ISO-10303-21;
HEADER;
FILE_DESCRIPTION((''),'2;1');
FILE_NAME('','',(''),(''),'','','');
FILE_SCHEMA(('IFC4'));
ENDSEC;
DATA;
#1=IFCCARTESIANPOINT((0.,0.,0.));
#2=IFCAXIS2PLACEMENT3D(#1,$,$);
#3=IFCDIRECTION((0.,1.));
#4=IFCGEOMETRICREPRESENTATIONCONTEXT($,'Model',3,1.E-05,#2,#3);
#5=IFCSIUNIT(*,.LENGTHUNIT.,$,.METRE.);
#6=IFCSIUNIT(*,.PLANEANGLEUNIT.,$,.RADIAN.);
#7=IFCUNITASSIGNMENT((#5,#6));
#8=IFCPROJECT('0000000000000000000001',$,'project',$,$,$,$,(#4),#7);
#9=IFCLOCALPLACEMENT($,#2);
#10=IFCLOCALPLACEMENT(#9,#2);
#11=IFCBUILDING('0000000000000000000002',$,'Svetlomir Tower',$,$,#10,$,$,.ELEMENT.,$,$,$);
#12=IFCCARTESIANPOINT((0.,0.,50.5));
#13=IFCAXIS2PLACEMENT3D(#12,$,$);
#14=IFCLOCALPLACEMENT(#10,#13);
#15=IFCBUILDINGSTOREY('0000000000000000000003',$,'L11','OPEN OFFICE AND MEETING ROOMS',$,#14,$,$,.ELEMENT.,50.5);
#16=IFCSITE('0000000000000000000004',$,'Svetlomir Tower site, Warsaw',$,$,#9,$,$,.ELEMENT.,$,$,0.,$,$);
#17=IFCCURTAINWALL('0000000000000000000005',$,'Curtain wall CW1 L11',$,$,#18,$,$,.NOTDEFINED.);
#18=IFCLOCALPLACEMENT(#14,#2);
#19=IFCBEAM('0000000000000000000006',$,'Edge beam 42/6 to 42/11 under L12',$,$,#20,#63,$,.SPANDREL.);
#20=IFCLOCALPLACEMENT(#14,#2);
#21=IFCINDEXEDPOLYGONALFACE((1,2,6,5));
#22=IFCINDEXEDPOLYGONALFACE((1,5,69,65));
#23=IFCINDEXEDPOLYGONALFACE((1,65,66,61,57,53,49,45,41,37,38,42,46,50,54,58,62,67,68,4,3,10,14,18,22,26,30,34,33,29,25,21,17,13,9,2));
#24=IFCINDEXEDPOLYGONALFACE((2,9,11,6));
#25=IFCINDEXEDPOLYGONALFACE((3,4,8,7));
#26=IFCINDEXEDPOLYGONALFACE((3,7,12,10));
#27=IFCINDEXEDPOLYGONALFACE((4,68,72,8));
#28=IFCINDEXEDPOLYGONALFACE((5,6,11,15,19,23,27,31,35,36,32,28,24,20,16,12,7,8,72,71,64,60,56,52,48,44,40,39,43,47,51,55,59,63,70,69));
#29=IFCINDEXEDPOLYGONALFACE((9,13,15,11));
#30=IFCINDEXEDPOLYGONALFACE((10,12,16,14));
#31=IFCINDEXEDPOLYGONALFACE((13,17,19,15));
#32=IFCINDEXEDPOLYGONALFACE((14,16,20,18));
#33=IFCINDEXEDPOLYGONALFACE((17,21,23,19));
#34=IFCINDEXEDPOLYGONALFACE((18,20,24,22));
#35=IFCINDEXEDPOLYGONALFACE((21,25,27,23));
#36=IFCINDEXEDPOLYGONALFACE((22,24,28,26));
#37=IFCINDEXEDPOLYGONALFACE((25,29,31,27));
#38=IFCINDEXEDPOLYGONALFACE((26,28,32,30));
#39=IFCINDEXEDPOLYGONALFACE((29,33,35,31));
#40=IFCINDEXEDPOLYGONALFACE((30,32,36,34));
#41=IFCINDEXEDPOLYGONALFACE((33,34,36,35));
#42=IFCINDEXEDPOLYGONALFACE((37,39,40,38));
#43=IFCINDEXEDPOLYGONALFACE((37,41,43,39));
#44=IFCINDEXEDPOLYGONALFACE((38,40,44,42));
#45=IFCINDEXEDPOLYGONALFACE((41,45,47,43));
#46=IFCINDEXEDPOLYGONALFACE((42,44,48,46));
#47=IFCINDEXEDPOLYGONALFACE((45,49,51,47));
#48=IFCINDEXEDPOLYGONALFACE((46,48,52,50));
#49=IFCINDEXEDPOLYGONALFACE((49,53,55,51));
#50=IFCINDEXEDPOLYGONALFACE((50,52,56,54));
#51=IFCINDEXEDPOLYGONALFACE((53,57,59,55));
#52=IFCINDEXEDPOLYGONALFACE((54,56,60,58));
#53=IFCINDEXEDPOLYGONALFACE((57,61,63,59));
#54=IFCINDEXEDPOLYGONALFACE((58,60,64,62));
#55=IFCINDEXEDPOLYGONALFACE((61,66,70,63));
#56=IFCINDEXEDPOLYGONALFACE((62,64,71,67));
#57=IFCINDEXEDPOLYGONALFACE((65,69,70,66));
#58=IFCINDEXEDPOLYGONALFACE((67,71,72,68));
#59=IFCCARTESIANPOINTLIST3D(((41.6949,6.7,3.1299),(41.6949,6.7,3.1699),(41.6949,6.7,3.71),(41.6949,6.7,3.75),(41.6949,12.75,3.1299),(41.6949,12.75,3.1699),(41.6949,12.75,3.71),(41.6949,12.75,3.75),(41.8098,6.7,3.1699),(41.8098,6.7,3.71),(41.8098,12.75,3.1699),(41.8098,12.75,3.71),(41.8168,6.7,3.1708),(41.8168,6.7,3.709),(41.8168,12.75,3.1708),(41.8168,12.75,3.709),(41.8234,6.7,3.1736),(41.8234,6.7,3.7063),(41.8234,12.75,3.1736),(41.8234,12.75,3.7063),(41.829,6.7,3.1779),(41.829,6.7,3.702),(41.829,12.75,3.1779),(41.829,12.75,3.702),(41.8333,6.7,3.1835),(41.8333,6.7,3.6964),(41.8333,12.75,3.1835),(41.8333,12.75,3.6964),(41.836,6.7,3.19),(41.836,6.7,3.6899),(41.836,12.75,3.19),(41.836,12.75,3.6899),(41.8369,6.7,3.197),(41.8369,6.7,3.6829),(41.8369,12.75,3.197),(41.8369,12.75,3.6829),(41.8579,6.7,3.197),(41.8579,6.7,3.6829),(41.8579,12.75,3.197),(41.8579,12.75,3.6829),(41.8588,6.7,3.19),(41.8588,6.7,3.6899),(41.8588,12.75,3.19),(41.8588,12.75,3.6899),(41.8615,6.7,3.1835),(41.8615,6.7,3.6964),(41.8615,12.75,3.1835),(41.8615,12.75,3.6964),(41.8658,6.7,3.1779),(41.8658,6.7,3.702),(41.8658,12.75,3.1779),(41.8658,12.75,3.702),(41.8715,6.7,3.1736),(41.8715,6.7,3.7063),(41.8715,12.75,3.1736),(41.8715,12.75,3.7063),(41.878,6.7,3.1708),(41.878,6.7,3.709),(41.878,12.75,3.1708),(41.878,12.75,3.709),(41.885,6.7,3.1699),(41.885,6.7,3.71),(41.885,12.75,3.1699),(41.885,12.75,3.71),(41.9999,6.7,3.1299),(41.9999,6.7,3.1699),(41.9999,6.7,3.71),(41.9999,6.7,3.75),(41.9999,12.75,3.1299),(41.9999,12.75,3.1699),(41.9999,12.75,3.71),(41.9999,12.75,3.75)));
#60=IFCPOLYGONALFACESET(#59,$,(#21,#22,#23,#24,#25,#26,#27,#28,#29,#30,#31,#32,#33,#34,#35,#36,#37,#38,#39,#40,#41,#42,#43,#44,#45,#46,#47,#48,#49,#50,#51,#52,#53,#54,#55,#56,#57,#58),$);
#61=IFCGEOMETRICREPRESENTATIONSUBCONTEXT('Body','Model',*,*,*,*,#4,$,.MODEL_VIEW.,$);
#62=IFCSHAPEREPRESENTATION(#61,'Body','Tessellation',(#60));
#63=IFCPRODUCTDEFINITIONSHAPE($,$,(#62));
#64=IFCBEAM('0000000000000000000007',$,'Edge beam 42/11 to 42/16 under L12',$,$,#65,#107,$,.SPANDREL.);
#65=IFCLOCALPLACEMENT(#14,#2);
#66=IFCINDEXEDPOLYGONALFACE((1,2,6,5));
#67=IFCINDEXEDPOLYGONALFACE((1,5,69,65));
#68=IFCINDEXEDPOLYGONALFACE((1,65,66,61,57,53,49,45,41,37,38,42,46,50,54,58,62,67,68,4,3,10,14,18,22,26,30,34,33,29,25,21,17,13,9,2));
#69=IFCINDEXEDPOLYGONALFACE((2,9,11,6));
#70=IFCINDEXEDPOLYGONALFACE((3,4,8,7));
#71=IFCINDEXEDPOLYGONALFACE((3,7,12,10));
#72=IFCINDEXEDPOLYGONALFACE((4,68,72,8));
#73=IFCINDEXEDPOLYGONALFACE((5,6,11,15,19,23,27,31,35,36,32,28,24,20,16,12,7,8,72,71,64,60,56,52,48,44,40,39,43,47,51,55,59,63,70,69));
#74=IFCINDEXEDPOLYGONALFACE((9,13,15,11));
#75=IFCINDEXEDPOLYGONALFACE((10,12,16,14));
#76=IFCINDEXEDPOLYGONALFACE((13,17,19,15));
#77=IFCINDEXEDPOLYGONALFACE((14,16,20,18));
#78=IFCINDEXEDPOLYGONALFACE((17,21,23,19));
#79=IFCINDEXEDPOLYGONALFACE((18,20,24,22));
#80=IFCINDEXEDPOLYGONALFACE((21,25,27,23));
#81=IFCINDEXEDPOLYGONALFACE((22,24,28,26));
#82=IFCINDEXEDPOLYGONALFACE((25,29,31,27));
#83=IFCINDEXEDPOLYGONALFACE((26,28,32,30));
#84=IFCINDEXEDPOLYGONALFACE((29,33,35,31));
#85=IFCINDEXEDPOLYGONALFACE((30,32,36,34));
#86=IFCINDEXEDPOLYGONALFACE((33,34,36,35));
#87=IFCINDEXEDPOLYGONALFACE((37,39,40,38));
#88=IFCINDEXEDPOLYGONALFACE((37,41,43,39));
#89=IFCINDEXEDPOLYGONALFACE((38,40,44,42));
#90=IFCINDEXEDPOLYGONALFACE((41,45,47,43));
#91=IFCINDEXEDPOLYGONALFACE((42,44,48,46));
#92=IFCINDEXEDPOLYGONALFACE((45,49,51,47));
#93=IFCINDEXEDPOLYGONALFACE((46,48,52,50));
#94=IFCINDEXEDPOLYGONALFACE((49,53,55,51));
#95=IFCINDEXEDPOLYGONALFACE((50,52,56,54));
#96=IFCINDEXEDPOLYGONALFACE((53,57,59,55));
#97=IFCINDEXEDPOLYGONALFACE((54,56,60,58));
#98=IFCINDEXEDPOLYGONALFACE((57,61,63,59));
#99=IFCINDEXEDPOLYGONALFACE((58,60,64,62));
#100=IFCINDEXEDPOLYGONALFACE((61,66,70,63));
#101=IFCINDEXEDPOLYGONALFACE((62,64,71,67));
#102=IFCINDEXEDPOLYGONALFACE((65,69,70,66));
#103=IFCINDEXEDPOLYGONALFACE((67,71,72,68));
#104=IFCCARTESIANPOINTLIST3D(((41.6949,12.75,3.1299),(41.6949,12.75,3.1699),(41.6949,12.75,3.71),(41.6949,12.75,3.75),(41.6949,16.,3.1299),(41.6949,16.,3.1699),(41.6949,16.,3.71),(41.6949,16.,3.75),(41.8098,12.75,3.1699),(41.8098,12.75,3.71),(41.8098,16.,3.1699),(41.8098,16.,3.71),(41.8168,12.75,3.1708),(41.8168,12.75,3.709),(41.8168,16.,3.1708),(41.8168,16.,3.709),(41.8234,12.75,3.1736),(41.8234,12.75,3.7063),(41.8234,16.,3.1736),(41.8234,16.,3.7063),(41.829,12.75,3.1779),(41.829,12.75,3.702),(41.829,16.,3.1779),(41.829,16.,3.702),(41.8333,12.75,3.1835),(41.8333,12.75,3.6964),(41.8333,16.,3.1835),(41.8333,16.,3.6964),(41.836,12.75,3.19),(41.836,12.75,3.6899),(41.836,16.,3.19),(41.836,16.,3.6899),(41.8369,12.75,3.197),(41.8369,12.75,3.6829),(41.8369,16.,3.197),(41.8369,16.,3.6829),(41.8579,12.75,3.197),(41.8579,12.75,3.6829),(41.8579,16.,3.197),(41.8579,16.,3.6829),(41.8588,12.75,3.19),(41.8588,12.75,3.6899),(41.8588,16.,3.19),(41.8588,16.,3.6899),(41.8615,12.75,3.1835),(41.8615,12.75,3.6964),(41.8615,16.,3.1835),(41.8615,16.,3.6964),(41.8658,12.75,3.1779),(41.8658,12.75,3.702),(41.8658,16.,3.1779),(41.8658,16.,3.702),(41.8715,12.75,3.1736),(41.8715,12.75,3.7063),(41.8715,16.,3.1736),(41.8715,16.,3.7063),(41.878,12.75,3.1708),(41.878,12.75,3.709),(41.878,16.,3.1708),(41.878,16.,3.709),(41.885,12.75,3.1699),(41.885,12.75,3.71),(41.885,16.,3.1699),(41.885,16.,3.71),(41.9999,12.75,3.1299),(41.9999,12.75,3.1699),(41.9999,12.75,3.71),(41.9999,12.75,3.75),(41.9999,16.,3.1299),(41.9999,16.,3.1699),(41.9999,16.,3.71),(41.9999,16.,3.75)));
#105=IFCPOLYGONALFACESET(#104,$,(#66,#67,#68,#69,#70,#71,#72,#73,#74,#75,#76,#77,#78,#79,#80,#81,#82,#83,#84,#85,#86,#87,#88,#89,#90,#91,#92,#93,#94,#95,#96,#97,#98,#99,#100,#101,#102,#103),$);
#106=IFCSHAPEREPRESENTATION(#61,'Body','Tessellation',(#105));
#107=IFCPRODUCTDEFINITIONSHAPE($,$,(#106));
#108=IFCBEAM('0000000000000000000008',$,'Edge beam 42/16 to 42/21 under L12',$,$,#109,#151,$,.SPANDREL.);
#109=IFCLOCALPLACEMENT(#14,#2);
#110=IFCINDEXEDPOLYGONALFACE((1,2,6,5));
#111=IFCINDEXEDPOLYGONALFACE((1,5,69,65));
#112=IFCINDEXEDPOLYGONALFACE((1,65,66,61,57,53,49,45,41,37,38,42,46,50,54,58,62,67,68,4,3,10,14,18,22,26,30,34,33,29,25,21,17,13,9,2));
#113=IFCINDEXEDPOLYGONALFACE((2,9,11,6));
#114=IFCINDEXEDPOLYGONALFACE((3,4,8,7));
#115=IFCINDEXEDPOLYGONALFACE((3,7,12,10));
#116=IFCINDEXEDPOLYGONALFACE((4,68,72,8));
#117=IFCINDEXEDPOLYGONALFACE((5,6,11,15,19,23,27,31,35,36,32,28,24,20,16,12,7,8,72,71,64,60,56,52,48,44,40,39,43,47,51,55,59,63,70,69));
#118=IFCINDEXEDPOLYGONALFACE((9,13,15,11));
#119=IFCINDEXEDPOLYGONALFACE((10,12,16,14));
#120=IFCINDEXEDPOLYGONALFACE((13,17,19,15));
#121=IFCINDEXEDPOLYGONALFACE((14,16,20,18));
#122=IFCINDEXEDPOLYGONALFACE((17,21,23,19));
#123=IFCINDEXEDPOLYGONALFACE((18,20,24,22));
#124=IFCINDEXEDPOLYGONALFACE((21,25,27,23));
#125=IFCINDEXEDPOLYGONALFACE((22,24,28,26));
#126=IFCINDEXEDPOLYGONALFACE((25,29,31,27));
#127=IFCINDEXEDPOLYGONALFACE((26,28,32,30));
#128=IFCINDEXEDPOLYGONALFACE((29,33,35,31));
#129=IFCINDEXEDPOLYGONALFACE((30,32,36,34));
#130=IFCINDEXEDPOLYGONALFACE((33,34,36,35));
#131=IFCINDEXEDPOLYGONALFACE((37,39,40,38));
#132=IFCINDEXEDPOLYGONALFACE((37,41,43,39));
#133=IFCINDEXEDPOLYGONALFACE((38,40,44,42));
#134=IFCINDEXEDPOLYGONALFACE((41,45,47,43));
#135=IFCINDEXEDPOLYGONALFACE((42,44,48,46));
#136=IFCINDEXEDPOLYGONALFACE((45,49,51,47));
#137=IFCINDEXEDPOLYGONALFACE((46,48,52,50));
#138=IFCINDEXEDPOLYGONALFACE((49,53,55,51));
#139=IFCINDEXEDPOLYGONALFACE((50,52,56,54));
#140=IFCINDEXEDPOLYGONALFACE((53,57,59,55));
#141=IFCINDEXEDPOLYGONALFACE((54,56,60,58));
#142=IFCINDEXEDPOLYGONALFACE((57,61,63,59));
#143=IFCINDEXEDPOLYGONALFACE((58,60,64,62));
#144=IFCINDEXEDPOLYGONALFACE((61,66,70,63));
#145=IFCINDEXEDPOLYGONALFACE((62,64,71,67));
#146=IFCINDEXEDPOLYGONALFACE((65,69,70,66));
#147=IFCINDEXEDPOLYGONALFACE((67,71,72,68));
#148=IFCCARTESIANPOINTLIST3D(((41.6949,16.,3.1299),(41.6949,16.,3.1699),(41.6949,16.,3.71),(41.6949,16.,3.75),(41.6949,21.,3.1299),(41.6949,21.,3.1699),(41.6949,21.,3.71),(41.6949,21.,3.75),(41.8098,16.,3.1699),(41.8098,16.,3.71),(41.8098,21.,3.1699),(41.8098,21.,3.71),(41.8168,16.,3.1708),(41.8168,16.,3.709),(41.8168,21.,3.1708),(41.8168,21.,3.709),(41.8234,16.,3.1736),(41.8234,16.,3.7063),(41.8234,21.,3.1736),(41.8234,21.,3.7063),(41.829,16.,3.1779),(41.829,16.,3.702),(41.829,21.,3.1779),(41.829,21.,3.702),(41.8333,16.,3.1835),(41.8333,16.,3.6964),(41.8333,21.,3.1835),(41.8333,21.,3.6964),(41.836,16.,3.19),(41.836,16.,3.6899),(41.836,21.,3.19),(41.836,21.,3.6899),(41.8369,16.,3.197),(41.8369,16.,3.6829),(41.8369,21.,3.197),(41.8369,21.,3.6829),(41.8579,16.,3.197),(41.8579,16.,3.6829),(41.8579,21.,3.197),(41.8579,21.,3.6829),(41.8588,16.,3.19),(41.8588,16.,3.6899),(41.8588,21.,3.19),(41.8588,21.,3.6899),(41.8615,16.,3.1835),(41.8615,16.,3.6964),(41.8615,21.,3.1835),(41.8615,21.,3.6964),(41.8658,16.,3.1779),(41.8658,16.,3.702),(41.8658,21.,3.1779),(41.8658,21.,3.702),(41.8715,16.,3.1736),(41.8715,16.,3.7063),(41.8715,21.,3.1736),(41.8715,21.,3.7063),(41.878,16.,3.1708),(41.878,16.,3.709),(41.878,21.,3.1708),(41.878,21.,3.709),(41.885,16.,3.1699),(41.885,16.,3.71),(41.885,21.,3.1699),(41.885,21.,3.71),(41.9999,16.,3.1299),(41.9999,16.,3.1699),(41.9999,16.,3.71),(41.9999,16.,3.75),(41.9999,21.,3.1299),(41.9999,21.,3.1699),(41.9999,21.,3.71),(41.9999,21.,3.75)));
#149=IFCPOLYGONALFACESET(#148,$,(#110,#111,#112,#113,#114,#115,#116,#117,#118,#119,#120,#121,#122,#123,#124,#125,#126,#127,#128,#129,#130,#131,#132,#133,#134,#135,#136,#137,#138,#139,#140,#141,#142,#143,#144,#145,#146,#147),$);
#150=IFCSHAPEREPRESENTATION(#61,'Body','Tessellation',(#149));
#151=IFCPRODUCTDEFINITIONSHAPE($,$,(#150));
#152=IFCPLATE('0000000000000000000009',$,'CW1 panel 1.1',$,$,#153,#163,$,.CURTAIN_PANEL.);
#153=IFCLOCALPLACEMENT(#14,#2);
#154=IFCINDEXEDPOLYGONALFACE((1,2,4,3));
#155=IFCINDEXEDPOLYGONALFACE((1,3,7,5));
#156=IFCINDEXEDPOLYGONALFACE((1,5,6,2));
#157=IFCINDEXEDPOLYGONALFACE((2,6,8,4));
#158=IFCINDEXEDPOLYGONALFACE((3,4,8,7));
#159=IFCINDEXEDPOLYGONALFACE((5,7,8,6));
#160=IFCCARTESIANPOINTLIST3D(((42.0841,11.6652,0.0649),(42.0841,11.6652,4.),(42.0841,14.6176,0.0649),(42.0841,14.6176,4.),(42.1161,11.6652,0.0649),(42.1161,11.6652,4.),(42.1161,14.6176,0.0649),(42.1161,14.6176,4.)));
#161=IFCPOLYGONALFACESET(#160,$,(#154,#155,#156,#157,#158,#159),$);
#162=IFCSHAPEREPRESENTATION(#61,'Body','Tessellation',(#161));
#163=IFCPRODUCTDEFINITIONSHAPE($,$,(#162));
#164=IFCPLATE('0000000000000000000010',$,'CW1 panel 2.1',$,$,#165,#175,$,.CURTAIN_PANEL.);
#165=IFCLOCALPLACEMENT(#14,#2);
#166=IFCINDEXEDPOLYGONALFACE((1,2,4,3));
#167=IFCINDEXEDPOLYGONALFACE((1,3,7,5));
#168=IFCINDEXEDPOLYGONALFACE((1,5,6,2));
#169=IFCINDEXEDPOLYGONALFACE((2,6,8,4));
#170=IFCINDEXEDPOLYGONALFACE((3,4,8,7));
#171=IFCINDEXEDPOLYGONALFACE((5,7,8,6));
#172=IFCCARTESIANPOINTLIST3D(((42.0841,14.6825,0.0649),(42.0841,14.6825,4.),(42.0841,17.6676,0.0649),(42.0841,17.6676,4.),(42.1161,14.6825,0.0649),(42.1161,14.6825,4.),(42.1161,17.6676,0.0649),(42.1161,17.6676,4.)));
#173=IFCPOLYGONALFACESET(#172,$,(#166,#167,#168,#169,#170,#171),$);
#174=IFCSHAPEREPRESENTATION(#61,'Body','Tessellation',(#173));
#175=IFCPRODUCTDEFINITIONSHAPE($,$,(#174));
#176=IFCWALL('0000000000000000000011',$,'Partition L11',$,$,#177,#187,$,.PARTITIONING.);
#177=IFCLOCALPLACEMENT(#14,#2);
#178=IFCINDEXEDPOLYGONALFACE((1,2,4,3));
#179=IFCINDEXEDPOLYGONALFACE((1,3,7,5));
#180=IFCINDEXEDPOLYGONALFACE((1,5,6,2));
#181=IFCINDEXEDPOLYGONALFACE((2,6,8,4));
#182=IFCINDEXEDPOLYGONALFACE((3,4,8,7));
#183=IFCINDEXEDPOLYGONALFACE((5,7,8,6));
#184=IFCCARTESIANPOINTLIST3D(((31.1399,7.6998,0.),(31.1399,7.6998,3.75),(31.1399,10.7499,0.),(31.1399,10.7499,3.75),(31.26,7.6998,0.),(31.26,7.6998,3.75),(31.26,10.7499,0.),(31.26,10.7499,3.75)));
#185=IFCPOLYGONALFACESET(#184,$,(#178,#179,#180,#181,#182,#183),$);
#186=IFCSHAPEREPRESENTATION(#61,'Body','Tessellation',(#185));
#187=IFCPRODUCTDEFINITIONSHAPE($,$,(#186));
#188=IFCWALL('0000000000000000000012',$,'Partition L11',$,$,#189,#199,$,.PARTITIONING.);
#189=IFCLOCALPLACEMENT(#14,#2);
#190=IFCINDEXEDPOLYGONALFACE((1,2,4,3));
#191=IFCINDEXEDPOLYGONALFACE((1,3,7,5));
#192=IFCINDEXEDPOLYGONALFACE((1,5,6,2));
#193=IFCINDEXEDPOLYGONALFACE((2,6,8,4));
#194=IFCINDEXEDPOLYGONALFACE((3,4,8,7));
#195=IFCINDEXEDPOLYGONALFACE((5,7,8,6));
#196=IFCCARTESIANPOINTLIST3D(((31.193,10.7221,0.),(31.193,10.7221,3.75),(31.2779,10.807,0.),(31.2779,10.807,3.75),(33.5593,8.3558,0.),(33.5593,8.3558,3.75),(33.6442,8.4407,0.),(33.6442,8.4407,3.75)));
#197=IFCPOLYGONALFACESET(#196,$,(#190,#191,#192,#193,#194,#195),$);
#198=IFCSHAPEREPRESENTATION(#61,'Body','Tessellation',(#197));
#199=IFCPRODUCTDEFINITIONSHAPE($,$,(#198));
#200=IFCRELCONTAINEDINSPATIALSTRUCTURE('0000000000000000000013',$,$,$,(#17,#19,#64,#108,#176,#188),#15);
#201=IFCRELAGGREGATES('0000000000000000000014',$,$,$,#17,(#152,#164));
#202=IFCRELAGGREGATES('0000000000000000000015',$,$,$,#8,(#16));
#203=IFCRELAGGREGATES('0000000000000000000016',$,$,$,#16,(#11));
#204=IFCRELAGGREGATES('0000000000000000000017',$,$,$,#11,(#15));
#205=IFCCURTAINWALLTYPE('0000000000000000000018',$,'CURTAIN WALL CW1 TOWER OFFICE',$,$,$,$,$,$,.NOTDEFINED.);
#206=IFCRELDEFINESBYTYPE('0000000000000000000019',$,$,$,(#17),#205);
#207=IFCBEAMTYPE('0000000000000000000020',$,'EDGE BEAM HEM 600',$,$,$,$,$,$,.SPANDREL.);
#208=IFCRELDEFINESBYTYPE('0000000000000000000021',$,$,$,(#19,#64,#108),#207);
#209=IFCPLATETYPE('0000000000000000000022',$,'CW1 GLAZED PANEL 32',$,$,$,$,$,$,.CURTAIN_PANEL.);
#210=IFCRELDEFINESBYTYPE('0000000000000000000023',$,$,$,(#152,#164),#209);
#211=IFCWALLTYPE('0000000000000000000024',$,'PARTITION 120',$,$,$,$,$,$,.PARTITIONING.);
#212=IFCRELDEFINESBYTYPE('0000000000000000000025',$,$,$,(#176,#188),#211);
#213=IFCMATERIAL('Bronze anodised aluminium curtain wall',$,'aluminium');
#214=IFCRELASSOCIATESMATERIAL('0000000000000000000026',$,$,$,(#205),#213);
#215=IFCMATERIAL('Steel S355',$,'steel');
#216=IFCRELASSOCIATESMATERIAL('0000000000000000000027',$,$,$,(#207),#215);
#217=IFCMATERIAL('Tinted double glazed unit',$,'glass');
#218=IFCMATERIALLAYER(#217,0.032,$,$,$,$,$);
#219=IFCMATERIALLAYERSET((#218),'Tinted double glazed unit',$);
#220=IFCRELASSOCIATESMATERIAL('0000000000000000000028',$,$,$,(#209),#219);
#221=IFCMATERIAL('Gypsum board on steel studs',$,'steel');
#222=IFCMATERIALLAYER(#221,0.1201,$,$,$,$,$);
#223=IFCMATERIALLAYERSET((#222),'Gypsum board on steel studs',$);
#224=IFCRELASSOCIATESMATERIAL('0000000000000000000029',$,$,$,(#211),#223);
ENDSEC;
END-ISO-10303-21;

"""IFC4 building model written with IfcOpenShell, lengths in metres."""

from ifc_helpers import new_model, si_unit, direction, frame, frame_2d, origin, origin_2d, place, context, subcontext, project, spatial, rectangle, i_section, extrude, material, layer, layer_set, material_profile, profile_set, type_object, element, aggregate, save


model = new_model("IFC4")

# Units and contexts
model_context = context("Model", 3, precision=1e-05, world=origin(), true_north=direction((0.0, 1.0)))
body_context = subcontext(model_context, "Body", "Model", "MODEL_VIEW")
ifc_project = project(units=[si_unit("LENGTHUNIT", "METRE"), si_unit("PLANEANGLEUNIT", "RADIAN")], contexts=[model_context])

# Site, building, storey
site_placement = place(None, origin())
site = spatial("IfcSite", under=ifc_project, at=site_placement, Name="Svetlomir Tower site, Warsaw", CompositionType="ELEMENT", RefElevation=0.0)
building_placement = place(site_placement, origin())
building = spatial("IfcBuilding", under=site, at=building_placement, Name="Svetlomir Tower", CompositionType="ELEMENT")
storey_placement = place(building_placement, frame((0.0, 0.0, 50.5)))
storey = spatial("IfcBuildingStorey", under=building, at=storey_placement, Name="L11", Description="OPEN OFFICE AND MEETING ROOMS", CompositionType="ELEMENT", Elevation=50.5)

# Curtain wall
ifc_material_1 = material(Name="Bronze anodised aluminium curtain wall", Category="aluminium")
curtain_wall_type = type_object("IfcCurtainWallType", Name="CURTAIN WALL CW1 TOWER OFFICE", PredefinedType="NOTDEFINED", material=ifc_material_1)
curtain_wall_placement = place(storey_placement, origin())
curtain_wall = element("IfcCurtainWall", 1, at=curtain_wall_placement, inside=storey, type_object=curtain_wall_type, Name="Curtain wall CW1 L11", PredefinedType="NOTDEFINED")

# Beams
ifc_material_2 = material(Name="Steel S355", Category="steel")
ifc_material_profile_1 = material_profile(ifc_material_2, i_section(OverallWidth=0.3049, OverallDepth=0.6201, WebThickness=0.021, FlangeThickness=0.04, FilletRadius=0.0271, at=origin_2d()), Name="HEM 600")
ifc_profile_set_1 = profile_set([ifc_material_profile_1], Name="Steel S355")
beam_type_1 = type_object("IfcBeamType", Name="EDGE BEAM HEM 600", PredefinedType="SPANDREL", material=ifc_profile_set_1)
beam_1_placement = place(storey_placement, frame((41.8474, 6.7, 3.4399), z_axis=(0.0, 1.0, 0.0), x_axis=(-1.0, 0.0, 0.0)))
element("IfcBeam", 2, at=beam_1_placement, inside=storey, type_object=beam_type_1, Name="Edge beam 42/6 to 42/11 under L12", PredefinedType="SPANDREL", context=body_context, shape_type="SweptSolid", body=[
    extrude(i_section(OverallWidth=0.3049, OverallDepth=0.6201, WebThickness=0.021, FlangeThickness=0.04, FilletRadius=0.0271, at=origin_2d()), origin(), (0.0, 0.0, 1.0), 6.05),
])
beam_2_placement = place(storey_placement, frame((41.8474, 12.75, 3.4399), z_axis=(0.0, 1.0, 0.0), x_axis=(-1.0, 0.0, 0.0)))
element("IfcBeam", 3, at=beam_2_placement, inside=storey, type_object=beam_type_1, Name="Edge beam 42/11 to 42/16 under L12", PredefinedType="SPANDREL", context=body_context, shape_type="SweptSolid", body=[
    extrude(i_section(OverallWidth=0.3049, OverallDepth=0.6201, WebThickness=0.021, FlangeThickness=0.04, FilletRadius=0.0271, at=origin_2d()), origin(), (0.0, 0.0, 1.0), 3.25),
])
beam_3_placement = place(storey_placement, frame((41.8474, 16.0, 3.4399), z_axis=(0.0, 1.0, 0.0), x_axis=(-1.0, 0.0, 0.0)))
element("IfcBeam", 4, at=beam_3_placement, inside=storey, type_object=beam_type_1, Name="Edge beam 42/16 to 42/21 under L12", PredefinedType="SPANDREL", context=body_context, shape_type="SweptSolid", body=[
    extrude(i_section(OverallWidth=0.3049, OverallDepth=0.6201, WebThickness=0.021, FlangeThickness=0.04, FilletRadius=0.0271, at=origin_2d()), origin(), (0.0, 0.0, 1.0), 5.0),
])

# Plates
ifc_material_3 = material(Name="Tinted double glazed unit", Category="glass")
ifc_layer_1 = layer(ifc_material_3, 0.032)
ifc_layer_set_1 = layer_set([ifc_layer_1], Name="Tinted double glazed unit")
plate_type = type_object("IfcPlateType", Name="CW1 GLAZED PANEL 32", PredefinedType="CURTAIN_PANEL", material=ifc_layer_set_1)
plate_1_placement = place(storey_placement, frame((42.1001, 13.1414, 0.0649), z_axis=(0.0, 0.0, 1.0), x_axis=(0.0, 1.0, 0.0)))
plate_1 = element("IfcPlate", 5, at=plate_1_placement, type_object=plate_type, Name="CW1 panel 1.1", PredefinedType="CURTAIN_PANEL", context=body_context, shape_type="SweptSolid", body=[
    extrude(rectangle(XDim=2.9524, YDim=0.032, at=origin_2d()), origin(), (0.0, 0.0, 1.0), 3.9351),
])
plate_2_placement = place(storey_placement, frame((42.1001, 16.175, 0.0649), z_axis=(0.0, 0.0, 1.0), x_axis=(0.0, 1.0, 0.0)))
plate_2 = element("IfcPlate", 6, at=plate_2_placement, type_object=plate_type, Name="CW1 panel 2.1", PredefinedType="CURTAIN_PANEL", context=body_context, shape_type="SweptSolid", body=[
    extrude(rectangle(XDim=2.9851, YDim=0.032, at=origin_2d()), origin(), (0.0, 0.0, 1.0), 3.9351),
])
aggregate(curtain_wall, [plate_1, plate_2])

# Walls
ifc_material_4 = material(Name="Gypsum board on steel studs", Category="steel")
ifc_layer_2 = layer(ifc_material_4, 0.1201)
ifc_layer_set_2 = layer_set([ifc_layer_2], Name="Gypsum board on steel studs")
wall_type_1 = type_object("IfcWallType", Name="PARTITION 120", PredefinedType="PARTITIONING", material=ifc_layer_set_2)
wall_1_placement = place(storey_placement, frame((31.2, 7.7, 0.0), z_axis=(0.0, 0.0, 1.0), x_axis=(0.0, 1.0, 0.0)))
element("IfcWall", 7, at=wall_1_placement, inside=storey, type_object=wall_type_1, Name="Partition L11", PredefinedType="PARTITIONING", context=body_context, shape_type="SweptSolid", body=[
    extrude(rectangle(XDim=3.05, YDim=0.1201, at=frame_2d((1.5249, 0.0))), origin(), (0.0, 0.0, 1.0), 3.75),
])
wall_2_placement = place(storey_placement, frame((31.2354, 10.7646, 0.0), z_axis=(0.0, 0.0, 1.0), x_axis=(0.707107, -0.707107, 0.0)))
element("IfcWall", 8, at=wall_2_placement, inside=storey, type_object=wall_type_1, Name="Partition L11", PredefinedType="PARTITIONING", context=body_context, shape_type="SweptSolid", body=[
    extrude(rectangle(XDim=3.3464, YDim=0.1201, at=frame_2d((1.6733, 0.0))), origin(), (0.0, 0.0, 1.0), 3.75),
])

save(model, "model.ifc")
